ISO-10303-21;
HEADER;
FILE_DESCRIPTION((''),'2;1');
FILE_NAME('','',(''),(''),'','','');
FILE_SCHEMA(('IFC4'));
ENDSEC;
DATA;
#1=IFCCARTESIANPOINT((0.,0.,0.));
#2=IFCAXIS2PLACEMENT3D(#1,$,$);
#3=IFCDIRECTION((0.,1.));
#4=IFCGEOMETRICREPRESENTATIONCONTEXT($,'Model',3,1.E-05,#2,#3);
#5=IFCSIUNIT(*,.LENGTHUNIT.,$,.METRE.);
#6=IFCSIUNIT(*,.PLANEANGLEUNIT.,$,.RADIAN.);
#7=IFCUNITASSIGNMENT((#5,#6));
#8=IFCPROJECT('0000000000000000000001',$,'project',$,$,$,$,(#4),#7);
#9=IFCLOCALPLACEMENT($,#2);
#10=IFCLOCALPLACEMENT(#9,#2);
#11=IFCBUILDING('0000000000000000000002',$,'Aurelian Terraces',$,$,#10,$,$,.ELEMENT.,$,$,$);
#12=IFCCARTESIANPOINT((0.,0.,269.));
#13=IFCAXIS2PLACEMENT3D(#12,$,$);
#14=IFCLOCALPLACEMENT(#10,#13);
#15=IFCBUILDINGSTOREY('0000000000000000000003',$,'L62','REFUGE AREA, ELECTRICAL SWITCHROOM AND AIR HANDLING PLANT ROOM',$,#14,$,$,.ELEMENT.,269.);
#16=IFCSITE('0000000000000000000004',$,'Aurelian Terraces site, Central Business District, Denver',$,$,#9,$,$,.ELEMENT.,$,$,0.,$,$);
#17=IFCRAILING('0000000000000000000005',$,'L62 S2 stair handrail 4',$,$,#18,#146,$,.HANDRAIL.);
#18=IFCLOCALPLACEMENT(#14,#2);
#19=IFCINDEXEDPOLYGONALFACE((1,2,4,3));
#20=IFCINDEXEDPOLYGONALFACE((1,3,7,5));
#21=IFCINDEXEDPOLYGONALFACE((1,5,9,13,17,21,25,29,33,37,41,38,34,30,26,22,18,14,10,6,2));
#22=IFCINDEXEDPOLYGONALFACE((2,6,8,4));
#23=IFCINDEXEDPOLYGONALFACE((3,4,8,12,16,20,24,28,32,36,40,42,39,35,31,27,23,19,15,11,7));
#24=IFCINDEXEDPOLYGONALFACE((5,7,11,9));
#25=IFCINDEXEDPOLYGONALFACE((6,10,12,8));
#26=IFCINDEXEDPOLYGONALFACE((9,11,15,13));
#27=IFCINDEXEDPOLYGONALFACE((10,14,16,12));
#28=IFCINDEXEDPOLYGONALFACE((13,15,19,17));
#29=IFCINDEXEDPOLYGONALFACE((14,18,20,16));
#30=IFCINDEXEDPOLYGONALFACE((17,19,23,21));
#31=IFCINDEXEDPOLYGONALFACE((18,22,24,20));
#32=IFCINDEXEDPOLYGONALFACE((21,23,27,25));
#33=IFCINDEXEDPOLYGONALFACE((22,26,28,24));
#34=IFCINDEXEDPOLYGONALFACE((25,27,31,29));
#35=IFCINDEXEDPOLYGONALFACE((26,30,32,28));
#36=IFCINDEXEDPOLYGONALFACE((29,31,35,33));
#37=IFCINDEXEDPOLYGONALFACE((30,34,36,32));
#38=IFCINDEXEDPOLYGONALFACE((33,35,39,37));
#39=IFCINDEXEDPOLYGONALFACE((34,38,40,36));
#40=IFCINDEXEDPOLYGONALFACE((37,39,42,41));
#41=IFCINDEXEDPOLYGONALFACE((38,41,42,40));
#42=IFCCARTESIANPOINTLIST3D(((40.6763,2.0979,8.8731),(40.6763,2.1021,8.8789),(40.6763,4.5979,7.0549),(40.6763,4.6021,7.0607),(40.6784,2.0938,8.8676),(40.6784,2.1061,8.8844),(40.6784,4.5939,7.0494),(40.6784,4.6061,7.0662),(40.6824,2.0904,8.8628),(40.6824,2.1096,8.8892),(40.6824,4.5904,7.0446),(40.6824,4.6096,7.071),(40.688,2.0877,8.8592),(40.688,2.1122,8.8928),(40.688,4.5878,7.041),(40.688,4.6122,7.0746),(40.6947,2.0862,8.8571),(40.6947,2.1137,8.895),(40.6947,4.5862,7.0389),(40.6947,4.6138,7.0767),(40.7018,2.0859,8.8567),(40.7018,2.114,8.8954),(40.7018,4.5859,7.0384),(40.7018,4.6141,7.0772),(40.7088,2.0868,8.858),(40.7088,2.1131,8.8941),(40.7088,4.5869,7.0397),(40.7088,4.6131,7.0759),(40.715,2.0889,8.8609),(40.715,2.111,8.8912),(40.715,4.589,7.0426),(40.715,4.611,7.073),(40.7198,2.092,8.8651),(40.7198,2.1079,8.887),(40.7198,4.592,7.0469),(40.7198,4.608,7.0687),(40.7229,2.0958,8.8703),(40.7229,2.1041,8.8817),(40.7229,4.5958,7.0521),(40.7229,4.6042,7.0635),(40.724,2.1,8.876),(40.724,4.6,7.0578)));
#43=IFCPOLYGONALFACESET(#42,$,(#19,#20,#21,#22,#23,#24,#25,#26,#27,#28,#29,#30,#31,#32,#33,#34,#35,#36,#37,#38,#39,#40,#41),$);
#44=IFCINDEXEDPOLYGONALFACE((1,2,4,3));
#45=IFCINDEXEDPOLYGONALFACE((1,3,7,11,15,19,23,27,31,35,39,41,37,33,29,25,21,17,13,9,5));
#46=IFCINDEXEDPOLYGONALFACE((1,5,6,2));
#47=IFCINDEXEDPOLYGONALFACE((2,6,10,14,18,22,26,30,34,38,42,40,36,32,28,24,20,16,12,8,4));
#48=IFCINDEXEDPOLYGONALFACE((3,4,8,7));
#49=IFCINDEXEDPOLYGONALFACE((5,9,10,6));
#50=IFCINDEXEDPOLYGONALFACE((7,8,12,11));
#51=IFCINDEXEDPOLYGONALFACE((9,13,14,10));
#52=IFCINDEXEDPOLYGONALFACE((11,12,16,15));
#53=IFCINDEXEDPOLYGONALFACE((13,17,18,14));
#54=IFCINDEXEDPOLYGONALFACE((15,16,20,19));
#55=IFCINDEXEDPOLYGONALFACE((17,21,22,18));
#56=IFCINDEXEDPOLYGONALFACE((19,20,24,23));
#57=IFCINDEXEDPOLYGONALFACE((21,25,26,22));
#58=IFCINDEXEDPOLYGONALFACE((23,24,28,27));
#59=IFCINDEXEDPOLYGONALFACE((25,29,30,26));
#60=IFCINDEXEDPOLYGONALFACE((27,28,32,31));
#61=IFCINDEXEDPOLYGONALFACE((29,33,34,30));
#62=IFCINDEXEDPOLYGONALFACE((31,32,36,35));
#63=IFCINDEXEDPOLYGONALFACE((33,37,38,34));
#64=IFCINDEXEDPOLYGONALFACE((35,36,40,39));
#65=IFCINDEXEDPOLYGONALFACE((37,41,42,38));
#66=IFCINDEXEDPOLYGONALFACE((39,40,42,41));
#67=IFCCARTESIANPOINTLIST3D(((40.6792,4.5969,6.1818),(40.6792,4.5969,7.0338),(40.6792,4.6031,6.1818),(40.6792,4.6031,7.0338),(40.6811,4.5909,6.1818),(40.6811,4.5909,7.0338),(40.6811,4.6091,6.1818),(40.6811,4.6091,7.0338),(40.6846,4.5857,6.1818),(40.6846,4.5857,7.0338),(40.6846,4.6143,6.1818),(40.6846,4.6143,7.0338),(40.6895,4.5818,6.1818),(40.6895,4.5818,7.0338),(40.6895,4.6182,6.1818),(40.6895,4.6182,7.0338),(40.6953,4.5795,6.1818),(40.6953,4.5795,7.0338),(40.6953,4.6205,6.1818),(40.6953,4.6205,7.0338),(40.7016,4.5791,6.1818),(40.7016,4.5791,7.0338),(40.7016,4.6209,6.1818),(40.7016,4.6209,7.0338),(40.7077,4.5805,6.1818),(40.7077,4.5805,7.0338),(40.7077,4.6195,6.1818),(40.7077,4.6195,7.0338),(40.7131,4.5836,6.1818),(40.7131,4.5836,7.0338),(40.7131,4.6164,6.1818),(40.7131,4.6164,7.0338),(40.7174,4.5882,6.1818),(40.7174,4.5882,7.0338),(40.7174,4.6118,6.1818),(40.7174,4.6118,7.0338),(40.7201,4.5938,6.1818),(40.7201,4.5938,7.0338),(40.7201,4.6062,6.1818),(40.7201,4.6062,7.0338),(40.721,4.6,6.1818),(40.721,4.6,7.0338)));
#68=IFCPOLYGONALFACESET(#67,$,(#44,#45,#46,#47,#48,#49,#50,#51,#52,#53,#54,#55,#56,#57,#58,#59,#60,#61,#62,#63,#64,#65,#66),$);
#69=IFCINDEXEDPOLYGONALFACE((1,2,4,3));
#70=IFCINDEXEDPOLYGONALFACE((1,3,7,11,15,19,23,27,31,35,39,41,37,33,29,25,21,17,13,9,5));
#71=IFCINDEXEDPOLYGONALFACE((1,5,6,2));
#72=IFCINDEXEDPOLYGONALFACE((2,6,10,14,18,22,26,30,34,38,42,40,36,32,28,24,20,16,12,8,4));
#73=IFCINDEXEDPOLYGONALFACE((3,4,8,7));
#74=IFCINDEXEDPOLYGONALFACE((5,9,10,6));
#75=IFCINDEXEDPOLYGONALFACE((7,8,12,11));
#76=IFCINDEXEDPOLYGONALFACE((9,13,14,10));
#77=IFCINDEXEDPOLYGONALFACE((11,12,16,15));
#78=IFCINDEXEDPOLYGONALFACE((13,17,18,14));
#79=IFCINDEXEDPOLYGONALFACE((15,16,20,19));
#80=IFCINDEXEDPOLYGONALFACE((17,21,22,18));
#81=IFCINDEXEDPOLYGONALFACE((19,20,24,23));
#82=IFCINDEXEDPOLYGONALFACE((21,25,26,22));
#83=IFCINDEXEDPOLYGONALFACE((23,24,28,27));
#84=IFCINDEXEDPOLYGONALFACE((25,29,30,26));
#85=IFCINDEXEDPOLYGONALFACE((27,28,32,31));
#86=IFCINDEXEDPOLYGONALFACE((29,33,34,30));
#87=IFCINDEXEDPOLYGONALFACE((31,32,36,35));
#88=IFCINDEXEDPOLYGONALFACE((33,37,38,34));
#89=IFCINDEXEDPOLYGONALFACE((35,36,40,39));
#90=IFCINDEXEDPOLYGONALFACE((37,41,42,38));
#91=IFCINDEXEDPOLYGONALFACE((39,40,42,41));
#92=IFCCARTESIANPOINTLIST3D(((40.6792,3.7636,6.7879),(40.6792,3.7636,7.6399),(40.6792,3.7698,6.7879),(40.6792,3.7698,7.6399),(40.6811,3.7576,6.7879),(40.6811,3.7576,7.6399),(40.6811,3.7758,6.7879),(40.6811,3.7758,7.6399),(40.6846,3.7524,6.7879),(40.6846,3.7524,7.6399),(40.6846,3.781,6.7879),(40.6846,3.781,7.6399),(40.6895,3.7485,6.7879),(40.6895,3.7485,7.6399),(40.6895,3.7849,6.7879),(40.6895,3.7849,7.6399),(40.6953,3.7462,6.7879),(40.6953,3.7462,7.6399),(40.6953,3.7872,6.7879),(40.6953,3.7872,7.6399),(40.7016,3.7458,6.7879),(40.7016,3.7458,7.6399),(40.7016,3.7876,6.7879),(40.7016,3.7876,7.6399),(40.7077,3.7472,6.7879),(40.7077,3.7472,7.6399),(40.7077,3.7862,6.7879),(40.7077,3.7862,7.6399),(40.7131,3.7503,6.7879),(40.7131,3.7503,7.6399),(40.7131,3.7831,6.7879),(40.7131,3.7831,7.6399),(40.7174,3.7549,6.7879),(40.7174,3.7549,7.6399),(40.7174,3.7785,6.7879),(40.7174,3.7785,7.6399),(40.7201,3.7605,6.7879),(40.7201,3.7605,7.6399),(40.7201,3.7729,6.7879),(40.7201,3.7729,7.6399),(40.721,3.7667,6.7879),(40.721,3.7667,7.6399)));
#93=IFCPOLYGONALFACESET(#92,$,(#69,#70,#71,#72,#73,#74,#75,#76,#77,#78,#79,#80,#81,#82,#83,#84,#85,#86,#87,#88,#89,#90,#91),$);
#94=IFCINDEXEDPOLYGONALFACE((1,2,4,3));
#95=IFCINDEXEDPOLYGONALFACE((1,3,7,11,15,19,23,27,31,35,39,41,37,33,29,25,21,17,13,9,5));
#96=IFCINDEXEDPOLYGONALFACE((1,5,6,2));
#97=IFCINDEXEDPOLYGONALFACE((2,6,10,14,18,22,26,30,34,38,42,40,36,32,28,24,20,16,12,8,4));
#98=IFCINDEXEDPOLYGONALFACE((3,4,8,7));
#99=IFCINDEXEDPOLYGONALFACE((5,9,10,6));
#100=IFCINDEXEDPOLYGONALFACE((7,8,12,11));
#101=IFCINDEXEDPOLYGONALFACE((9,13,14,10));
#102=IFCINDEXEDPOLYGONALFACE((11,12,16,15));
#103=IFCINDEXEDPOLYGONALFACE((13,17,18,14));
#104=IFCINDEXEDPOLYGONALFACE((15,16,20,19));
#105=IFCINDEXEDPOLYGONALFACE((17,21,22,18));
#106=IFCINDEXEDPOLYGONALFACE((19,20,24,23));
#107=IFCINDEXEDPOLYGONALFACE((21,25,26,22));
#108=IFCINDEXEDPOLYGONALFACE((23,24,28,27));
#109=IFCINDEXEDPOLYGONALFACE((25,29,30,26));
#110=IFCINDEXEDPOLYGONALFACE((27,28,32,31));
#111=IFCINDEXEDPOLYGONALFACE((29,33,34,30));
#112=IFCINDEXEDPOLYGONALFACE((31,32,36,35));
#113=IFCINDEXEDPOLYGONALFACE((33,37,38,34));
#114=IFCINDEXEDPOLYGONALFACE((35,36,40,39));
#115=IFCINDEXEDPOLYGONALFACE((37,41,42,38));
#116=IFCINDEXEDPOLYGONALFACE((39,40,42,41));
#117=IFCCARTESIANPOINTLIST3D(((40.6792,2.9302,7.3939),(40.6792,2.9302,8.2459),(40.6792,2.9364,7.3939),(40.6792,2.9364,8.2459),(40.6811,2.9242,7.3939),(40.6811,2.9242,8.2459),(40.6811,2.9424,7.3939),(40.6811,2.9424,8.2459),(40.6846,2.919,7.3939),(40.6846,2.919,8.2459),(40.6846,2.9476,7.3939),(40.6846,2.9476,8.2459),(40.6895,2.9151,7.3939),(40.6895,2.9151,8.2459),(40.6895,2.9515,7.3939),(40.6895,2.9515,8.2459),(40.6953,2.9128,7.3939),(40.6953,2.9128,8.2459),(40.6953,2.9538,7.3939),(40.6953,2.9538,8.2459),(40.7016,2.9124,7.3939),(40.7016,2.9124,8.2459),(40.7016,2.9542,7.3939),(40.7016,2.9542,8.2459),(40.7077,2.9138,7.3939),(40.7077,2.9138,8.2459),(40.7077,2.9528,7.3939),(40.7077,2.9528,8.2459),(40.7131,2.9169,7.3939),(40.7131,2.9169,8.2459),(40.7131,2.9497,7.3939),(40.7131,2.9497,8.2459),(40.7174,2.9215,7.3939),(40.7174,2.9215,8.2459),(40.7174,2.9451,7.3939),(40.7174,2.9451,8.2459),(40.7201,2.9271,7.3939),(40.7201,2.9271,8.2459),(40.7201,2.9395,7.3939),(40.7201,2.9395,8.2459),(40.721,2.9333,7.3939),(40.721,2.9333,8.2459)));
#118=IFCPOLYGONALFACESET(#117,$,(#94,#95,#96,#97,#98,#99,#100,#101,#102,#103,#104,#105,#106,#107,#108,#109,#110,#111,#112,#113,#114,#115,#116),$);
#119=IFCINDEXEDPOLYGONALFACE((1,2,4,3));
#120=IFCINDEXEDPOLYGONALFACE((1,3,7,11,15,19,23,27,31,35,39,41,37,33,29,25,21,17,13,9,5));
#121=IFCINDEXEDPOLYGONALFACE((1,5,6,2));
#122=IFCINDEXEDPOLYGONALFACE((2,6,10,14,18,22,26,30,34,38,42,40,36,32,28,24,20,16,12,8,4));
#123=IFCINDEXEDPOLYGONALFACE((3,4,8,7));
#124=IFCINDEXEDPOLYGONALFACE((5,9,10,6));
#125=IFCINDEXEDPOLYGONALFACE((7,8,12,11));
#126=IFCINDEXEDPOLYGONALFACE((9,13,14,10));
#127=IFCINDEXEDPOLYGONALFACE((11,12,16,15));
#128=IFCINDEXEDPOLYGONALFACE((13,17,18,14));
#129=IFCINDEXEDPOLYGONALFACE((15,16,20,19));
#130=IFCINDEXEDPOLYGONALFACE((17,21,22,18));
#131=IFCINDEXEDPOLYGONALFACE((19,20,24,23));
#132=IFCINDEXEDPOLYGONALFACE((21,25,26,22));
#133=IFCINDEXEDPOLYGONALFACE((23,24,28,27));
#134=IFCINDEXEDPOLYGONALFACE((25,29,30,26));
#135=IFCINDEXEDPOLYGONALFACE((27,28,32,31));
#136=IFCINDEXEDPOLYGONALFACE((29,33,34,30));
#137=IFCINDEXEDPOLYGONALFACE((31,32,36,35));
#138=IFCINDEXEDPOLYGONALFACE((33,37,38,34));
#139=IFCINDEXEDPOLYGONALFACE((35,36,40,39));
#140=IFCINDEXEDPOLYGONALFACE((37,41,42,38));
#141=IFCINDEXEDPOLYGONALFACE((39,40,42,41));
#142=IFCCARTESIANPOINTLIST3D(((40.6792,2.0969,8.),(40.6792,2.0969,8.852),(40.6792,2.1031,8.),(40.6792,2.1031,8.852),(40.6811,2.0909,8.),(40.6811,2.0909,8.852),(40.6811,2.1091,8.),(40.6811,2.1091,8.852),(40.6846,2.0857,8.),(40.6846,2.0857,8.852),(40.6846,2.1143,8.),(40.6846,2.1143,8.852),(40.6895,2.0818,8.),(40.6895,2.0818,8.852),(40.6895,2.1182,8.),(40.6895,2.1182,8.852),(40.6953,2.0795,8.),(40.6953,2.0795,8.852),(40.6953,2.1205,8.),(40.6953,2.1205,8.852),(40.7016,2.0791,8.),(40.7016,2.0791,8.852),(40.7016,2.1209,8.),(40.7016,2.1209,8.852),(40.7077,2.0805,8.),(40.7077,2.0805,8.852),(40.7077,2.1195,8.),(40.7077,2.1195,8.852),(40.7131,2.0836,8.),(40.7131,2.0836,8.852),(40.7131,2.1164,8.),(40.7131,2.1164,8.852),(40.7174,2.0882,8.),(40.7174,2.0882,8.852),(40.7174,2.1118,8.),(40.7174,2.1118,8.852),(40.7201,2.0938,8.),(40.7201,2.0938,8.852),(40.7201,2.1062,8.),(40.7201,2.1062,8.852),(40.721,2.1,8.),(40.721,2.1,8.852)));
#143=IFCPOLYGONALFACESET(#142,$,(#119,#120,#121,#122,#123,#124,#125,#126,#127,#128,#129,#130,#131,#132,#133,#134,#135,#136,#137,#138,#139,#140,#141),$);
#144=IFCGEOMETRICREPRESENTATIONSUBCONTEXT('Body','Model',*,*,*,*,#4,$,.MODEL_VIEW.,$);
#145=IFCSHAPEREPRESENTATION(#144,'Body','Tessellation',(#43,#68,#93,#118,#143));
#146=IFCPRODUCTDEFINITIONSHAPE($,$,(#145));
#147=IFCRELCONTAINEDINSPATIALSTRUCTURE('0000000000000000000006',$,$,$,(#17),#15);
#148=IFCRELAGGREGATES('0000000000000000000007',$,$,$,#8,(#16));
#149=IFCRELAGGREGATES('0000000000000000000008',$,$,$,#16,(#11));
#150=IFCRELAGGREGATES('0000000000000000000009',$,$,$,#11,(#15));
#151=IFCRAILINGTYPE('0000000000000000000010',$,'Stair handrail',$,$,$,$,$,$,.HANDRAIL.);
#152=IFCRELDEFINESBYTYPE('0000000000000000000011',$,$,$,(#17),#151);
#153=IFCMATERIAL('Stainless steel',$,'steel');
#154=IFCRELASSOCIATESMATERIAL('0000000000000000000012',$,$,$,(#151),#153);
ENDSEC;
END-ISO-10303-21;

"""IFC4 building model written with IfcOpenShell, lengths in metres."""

from ifc_helpers import new_model, si_unit, direction, frame, origin, origin_2d, place, context, subcontext, project, spatial, circle, extrude, source, transform, mapped, material, type_object, element, save


model = new_model("IFC4")

# Units and contexts
model_context = context("Model", 3, precision=1e-05, world=origin(), true_north=direction((0.0, 1.0)))
body_context = subcontext(model_context, "Body", "Model", "MODEL_VIEW")
ifc_project = project(units=[si_unit("LENGTHUNIT", "METRE"), si_unit("PLANEANGLEUNIT", "RADIAN")], contexts=[model_context])

# Site, building, storey
site_placement = place(None, origin())
site = spatial("IfcSite", under=ifc_project, at=site_placement, Name="Aurelian Terraces site, Central Business District, Denver", CompositionType="ELEMENT", RefElevation=0.0)
building_placement = place(site_placement, origin())
building = spatial("IfcBuilding", under=site, at=building_placement, Name="Aurelian Terraces", CompositionType="ELEMENT")
storey_placement = place(building_placement, frame((0.0, 0.0, 269.0)))
storey = spatial("IfcBuildingStorey", under=building, at=storey_placement, Name="L62", Description="REFUGE AREA, ELECTRICAL SWITCHROOM AND AIR HANDLING PLANT ROOM", CompositionType="ELEMENT", Elevation=269.0)

# Railing
ifc_material_1 = material(Name="Stainless steel", Category="steel")
railing_type_1 = type_object("IfcRailingType", Name="Stair handrail", PredefinedType="HANDRAIL", material=ifc_material_1)
shared_shape_1 = source(origin(), body_context, "Body", "SweptSolid", [
    extrude(circle(Radius=0.024, at=origin_2d()), frame((0.0, 0.0, 0.876), z_axis=(0.0, -0.808733, 0.588176), x_axis=(1.0, 0.0, 0.0)), (0.0, 0.0, 1.0), 3.0913),
    extrude(circle(Radius=0.021, at=origin_2d()), origin(), (0.0, 0.0, 1.0), 0.852),
    extrude(circle(Radius=0.021, at=origin_2d()), frame((0.0, -0.8333, 0.6061)), (0.0, 0.0, 1.0), 0.852),
    extrude(circle(Radius=0.021, at=origin_2d()), frame((0.0, -1.6667, 1.2121)), (0.0, 0.0, 1.0), 0.852),
    extrude(circle(Radius=0.021, at=origin_2d()), frame((0.0, -2.5, 1.8182)), (0.0, 0.0, 1.0), 0.852),
])
for number, where, name in (
    (1, (40.7, 4.6, 6.1818), "L62 S2 stair handrail 4"),
):
    element("IfcRailing", number, at=place(storey_placement, frame(where)), inside=storey, type_object=railing_type_1, Name=name, PredefinedType="HANDRAIL", context=body_context, shape_type="MappedRepresentation", body=[
        mapped(shared_shape_1, transform((0.0, 0.0, 0.0), scale=1.0)),
    ])

save(model, "model.ifc")
